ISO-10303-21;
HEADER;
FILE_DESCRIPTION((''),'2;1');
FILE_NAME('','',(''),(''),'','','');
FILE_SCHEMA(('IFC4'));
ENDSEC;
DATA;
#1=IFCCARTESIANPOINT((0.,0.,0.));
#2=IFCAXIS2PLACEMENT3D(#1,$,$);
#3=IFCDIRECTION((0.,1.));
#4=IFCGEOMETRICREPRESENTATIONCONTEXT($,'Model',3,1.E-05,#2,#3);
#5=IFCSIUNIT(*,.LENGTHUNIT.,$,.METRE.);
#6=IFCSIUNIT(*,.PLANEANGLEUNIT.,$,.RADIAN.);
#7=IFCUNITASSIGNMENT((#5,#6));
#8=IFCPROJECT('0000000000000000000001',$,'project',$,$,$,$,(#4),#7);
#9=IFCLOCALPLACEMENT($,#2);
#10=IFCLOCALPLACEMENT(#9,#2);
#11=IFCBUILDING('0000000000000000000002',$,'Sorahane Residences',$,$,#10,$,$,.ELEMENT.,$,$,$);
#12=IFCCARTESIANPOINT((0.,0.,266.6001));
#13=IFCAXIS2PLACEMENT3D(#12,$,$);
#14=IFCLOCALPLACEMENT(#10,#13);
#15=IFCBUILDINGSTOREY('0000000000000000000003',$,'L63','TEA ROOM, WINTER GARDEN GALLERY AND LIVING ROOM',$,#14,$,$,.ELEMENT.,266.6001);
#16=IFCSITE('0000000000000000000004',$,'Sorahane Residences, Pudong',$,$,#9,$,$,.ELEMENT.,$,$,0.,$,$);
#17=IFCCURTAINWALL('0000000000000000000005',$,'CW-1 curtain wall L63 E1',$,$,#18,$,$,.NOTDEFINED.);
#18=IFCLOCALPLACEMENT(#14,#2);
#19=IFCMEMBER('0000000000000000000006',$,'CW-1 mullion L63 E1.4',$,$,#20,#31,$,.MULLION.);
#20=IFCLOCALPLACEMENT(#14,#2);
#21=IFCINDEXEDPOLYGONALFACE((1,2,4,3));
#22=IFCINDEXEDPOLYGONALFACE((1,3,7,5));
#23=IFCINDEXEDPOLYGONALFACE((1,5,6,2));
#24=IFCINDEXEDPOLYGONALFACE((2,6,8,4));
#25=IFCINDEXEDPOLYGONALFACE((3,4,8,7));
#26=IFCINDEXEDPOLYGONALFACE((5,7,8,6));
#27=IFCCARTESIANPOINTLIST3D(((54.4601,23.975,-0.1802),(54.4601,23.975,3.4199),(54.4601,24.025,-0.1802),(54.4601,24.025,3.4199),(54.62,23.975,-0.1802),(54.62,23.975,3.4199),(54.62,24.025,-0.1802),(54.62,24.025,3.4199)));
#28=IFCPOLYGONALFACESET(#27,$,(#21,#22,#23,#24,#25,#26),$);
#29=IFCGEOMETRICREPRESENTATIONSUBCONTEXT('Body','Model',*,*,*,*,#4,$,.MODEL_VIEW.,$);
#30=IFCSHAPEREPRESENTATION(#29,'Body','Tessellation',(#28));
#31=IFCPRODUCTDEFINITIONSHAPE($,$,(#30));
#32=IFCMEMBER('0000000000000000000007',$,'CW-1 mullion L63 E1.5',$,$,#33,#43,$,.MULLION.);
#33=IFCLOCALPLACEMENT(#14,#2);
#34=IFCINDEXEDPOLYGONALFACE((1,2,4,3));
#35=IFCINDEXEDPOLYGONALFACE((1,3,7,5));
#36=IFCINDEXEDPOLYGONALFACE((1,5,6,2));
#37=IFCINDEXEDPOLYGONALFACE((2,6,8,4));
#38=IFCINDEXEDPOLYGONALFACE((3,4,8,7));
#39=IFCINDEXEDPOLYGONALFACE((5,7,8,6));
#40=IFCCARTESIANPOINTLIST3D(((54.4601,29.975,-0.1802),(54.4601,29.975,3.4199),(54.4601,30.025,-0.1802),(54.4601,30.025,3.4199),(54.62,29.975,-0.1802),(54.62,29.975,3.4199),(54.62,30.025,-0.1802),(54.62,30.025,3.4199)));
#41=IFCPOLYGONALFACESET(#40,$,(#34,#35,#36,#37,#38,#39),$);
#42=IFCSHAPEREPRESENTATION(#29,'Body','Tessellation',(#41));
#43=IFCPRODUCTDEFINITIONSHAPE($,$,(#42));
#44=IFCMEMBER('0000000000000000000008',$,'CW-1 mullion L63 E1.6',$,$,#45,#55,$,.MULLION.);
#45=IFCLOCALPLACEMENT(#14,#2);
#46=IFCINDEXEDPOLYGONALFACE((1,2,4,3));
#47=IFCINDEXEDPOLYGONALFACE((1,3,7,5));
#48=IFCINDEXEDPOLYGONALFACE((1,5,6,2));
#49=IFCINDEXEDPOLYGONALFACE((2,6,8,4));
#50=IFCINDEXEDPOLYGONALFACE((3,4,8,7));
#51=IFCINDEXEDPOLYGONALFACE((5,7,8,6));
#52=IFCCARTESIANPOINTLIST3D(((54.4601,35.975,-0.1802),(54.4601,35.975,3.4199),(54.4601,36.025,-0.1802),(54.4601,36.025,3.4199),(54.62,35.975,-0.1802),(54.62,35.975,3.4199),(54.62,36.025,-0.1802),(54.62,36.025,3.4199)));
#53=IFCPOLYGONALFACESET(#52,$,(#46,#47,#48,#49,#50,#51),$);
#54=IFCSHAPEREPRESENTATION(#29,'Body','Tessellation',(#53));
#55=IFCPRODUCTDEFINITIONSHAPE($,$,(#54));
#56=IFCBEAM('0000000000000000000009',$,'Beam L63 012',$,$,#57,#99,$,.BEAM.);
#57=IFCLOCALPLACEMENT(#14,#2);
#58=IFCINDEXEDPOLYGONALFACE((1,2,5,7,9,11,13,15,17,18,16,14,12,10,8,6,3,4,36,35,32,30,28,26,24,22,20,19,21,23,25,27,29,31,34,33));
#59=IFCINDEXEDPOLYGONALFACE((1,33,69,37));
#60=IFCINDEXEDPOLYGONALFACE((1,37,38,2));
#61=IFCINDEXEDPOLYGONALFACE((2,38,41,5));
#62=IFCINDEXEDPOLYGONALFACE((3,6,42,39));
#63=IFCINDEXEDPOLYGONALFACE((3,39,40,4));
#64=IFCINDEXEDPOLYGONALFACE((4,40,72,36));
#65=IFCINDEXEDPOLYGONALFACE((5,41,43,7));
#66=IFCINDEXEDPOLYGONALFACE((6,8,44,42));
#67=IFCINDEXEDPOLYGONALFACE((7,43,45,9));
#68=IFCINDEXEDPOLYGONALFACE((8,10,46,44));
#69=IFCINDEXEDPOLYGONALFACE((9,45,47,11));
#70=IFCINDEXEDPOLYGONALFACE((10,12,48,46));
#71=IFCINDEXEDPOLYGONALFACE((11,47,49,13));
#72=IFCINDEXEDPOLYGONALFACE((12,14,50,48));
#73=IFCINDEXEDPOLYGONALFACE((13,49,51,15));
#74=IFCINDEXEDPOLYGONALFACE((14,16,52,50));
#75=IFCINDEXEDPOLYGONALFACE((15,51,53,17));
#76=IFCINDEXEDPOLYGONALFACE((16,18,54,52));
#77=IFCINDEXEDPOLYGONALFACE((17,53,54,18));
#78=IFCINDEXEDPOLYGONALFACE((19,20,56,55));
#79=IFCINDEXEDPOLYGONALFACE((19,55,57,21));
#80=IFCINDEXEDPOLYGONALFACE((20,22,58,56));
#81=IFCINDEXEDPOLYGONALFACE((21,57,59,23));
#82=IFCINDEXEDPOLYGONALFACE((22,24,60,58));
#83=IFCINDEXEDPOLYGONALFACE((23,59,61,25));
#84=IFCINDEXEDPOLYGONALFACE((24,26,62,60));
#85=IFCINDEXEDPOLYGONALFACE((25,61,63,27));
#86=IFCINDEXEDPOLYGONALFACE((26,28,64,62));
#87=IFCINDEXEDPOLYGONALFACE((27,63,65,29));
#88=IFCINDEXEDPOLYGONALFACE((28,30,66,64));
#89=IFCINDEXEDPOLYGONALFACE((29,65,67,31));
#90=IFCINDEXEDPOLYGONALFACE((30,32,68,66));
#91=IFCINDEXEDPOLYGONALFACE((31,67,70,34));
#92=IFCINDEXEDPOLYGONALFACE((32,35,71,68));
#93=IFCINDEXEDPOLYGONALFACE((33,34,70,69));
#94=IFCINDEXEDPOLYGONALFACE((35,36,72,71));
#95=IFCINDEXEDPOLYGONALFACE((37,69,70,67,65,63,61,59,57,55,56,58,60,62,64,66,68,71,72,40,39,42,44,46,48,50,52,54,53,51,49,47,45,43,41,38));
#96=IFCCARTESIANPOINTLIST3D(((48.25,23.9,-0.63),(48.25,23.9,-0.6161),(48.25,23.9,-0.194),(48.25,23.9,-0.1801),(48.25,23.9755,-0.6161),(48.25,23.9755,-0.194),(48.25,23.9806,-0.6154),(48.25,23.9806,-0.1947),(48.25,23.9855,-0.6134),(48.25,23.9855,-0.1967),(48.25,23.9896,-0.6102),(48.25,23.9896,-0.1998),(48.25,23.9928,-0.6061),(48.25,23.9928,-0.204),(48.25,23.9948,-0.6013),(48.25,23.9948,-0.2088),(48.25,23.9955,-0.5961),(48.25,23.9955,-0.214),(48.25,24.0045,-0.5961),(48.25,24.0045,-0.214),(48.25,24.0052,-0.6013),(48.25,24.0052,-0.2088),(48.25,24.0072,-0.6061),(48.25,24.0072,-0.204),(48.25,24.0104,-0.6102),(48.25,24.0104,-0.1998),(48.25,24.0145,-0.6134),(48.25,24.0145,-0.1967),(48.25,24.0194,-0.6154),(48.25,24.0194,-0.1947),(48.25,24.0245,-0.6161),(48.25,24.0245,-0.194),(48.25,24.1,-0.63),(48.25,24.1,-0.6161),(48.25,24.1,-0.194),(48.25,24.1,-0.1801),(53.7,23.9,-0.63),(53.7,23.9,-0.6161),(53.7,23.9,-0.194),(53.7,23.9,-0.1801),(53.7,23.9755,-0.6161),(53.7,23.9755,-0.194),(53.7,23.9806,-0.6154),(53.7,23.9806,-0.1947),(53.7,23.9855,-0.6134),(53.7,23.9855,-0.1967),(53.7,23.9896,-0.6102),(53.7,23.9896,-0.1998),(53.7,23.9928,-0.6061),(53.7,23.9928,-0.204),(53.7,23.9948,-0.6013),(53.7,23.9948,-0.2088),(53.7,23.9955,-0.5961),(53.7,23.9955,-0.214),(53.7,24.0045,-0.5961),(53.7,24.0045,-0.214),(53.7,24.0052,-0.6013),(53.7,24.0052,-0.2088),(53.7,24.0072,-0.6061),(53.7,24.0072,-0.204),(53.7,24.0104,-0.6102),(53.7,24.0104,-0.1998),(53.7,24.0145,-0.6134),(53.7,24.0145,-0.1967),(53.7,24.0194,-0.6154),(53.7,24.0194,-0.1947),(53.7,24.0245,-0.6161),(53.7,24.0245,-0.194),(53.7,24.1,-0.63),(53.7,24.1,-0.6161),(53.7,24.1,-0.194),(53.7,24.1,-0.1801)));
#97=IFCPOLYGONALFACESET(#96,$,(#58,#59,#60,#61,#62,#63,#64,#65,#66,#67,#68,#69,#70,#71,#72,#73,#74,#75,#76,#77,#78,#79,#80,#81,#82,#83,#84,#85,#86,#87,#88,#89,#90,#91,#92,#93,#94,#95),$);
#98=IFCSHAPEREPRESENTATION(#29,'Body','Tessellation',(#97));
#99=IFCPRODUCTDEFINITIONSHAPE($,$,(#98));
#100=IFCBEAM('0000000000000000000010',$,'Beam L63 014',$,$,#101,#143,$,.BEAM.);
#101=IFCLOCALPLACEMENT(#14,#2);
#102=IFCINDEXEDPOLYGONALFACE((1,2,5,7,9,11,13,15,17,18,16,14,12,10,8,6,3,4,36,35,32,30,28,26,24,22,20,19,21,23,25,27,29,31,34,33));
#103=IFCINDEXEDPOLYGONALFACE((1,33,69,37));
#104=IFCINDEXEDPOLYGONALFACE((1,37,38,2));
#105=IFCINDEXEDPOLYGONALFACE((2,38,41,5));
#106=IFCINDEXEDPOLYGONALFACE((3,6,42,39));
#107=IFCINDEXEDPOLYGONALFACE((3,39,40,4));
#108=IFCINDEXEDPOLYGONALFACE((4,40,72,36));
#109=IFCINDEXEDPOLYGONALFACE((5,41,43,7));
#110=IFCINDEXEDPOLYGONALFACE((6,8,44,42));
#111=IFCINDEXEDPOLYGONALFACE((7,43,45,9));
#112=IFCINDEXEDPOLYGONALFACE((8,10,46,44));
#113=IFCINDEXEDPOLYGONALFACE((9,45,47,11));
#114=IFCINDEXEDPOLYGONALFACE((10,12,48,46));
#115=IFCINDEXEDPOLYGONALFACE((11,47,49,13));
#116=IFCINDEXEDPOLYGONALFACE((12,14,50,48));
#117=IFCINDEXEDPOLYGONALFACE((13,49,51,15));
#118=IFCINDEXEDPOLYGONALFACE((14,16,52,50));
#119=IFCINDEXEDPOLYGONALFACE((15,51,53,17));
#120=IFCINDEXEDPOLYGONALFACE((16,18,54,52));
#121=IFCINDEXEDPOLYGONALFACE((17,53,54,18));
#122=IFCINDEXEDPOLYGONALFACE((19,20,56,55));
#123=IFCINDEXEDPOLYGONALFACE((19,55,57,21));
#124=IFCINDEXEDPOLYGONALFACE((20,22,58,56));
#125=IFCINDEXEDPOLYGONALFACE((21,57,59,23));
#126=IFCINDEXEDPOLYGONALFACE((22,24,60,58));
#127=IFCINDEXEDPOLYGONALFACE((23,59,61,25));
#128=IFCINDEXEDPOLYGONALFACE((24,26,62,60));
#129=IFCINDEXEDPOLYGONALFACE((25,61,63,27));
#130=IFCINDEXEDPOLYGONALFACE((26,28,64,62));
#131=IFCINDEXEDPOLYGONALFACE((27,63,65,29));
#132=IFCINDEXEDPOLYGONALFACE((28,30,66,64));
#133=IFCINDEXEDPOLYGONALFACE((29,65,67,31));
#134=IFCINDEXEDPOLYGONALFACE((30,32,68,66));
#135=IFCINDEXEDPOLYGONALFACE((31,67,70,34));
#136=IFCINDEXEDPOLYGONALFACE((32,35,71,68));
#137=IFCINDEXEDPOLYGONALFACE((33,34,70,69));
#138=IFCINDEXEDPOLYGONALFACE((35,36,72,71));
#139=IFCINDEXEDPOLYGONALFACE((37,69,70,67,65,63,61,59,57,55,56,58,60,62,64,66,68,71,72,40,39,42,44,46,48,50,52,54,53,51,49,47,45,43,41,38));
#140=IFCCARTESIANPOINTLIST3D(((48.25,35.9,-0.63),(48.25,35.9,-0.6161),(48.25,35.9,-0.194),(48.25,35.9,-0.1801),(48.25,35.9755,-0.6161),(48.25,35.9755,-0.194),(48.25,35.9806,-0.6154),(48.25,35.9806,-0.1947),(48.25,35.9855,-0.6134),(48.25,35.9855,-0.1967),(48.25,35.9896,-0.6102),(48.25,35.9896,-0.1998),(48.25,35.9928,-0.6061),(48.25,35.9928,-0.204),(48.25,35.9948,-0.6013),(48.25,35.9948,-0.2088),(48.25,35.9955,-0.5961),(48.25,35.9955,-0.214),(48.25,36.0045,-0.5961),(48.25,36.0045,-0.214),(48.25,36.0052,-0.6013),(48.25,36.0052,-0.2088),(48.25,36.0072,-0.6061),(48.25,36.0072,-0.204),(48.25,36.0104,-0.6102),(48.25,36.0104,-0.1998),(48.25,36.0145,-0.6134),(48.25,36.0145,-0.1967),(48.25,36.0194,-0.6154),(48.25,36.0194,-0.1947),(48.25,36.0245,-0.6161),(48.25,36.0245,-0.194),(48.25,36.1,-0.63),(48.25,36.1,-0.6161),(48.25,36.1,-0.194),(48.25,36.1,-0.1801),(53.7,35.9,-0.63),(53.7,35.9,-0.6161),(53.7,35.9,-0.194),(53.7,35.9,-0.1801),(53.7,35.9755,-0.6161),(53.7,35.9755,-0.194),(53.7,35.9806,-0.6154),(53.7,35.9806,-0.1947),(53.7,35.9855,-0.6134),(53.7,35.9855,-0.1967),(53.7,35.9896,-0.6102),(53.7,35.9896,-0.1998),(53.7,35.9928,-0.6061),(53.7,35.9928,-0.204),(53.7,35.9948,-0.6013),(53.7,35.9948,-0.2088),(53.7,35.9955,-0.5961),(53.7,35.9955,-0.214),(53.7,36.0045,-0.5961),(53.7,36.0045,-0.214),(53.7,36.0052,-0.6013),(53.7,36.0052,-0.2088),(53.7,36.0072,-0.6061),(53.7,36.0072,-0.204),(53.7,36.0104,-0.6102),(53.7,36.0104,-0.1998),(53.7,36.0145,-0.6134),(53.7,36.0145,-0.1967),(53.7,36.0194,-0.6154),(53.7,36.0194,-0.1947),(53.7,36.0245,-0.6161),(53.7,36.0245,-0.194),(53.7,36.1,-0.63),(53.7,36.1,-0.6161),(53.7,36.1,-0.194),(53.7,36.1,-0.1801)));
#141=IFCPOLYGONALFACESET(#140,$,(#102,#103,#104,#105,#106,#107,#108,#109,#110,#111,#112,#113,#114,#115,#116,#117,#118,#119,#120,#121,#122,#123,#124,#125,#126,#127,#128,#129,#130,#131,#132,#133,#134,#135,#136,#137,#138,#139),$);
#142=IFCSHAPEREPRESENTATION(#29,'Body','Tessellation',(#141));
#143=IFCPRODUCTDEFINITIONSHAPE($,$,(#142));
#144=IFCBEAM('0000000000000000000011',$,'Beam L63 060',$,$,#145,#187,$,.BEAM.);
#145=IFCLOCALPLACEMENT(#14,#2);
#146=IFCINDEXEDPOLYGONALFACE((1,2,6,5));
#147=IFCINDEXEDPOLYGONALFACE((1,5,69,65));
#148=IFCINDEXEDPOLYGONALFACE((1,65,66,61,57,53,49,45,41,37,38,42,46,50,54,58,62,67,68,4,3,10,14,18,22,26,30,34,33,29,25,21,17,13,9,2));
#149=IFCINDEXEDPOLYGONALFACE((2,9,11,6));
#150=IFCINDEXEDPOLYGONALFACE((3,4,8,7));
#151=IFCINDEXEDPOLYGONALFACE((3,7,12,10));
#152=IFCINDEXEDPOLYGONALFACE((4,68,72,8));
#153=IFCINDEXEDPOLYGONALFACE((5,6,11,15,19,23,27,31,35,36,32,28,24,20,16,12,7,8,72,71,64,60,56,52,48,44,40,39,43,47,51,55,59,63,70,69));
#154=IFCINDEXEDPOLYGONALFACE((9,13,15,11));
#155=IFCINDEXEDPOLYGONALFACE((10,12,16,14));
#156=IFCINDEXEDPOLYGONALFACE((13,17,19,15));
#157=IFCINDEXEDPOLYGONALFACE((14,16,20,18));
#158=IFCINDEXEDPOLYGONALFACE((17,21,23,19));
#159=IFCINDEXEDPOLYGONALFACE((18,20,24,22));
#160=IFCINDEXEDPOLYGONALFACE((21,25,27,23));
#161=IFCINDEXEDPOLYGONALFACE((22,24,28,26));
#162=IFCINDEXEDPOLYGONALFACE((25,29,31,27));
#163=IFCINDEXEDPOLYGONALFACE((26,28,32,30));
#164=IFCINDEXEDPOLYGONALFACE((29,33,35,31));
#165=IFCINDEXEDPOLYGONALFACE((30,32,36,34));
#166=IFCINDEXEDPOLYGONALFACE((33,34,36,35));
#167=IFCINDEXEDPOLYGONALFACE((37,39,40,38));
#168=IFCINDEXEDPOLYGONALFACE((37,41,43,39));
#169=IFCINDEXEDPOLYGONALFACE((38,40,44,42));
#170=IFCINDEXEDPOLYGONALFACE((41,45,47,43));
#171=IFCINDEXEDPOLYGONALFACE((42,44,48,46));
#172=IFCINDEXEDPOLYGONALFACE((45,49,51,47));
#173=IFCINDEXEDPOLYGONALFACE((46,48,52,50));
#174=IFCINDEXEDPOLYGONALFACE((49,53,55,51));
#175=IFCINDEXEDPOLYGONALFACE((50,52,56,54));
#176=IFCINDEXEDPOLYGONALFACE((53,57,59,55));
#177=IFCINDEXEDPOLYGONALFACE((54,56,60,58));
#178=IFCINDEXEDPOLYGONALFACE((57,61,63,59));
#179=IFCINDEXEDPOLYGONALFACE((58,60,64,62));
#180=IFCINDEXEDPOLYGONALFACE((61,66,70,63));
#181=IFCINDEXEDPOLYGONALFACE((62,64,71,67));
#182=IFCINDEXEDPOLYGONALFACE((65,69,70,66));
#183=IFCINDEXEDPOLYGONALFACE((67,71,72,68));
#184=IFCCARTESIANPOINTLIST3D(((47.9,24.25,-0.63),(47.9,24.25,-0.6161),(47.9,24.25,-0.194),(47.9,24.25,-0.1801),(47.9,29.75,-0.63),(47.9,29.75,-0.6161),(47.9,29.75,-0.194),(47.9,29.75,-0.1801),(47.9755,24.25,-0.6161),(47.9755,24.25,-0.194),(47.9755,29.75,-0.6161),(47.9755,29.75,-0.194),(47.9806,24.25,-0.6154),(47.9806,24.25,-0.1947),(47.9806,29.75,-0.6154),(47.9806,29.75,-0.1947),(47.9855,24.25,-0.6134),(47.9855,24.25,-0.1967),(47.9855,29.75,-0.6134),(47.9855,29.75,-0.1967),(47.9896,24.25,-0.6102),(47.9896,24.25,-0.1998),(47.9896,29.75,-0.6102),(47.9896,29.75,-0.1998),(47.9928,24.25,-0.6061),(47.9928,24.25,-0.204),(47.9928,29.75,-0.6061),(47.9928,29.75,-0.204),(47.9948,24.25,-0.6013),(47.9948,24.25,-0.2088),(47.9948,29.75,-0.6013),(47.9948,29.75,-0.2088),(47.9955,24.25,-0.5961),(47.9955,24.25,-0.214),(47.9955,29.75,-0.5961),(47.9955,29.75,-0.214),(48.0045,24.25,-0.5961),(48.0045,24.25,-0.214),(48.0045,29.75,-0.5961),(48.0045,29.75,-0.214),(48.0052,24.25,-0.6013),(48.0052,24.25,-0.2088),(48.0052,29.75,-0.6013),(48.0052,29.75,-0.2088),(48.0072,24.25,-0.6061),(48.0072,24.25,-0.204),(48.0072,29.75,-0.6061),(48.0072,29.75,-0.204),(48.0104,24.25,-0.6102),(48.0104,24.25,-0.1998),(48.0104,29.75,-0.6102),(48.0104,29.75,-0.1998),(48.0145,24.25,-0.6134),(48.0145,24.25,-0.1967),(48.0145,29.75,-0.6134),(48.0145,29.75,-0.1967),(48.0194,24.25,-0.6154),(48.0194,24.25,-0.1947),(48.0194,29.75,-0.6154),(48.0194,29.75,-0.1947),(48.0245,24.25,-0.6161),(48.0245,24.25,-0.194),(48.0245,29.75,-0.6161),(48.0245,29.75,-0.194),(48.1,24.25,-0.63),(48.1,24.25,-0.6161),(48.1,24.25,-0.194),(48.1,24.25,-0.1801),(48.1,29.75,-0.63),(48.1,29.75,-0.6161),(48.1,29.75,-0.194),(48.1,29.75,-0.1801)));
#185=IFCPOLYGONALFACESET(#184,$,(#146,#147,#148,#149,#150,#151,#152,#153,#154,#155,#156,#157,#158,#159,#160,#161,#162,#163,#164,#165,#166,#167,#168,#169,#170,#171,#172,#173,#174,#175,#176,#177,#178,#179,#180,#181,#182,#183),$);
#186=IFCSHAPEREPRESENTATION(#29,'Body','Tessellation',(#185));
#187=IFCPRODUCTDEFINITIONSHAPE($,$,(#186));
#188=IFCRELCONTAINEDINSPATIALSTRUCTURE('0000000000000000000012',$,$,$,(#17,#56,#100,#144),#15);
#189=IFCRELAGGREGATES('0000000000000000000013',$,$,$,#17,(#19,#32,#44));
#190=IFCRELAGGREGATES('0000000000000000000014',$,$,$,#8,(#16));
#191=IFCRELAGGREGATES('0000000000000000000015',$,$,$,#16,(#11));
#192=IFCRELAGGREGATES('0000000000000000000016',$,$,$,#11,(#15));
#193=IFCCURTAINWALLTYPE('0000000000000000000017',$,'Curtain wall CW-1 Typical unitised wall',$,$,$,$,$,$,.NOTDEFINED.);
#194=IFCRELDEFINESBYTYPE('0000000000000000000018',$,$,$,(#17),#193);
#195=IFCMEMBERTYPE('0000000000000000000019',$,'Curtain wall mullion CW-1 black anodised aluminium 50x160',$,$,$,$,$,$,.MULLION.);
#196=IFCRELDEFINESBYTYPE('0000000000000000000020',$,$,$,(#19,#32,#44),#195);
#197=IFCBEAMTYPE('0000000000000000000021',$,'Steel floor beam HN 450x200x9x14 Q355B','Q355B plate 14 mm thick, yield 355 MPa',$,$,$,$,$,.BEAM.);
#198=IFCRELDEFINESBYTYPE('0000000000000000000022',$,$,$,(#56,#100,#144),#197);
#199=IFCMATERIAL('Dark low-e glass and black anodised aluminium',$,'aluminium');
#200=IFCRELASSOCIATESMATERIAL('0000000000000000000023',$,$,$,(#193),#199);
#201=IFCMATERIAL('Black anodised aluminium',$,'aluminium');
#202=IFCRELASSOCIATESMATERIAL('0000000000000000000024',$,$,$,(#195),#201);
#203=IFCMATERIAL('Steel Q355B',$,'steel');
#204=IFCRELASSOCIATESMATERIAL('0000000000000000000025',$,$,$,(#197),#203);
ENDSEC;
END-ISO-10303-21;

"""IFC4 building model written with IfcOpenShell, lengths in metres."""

from ifc_helpers import new_model, si_unit, direction, frame, origin, origin_2d, place, context, subcontext, project, spatial, rectangle, i_section, extrude, material, material_profile, profile_set, type_object, element, aggregate, save


model = new_model("IFC4")

# Units and contexts
model_context = context("Model", 3, precision=1e-05, world=origin(), true_north=direction((0.0, 1.0)))
body_context = subcontext(model_context, "Body", "Model", "MODEL_VIEW")
ifc_project = project(units=[si_unit("LENGTHUNIT", "METRE"), si_unit("PLANEANGLEUNIT", "RADIAN")], contexts=[model_context])

# Site, building, storey
site_placement = place(None, origin())
site = spatial("IfcSite", under=ifc_project, at=site_placement, Name="Sorahane Residences, Pudong", CompositionType="ELEMENT", RefElevation=0.0)
building_placement = place(site_placement, origin())
building = spatial("IfcBuilding", under=site, at=building_placement, Name="Sorahane Residences", CompositionType="ELEMENT")
storey_placement = place(building_placement, frame((0.0, 0.0, 266.6001)))
storey = spatial("IfcBuildingStorey", under=building, at=storey_placement, Name="L63", Description="TEA ROOM, WINTER GARDEN GALLERY AND LIVING ROOM", CompositionType="ELEMENT", Elevation=266.6001)

# Curtain wall, members
ifc_material_1 = material(Name="Dark low-e glass and black anodised aluminium", Category="aluminium")
curtain_wall_type = type_object("IfcCurtainWallType", Name="Curtain wall CW-1 Typical unitised wall", PredefinedType="NOTDEFINED", material=ifc_material_1)
curtain_wall_placement = place(storey_placement, origin())
curtain_wall = element("IfcCurtainWall", 1, at=curtain_wall_placement, inside=storey, type_object=curtain_wall_type, Name="CW-1 curtain wall L63 E1", PredefinedType="NOTDEFINED")
ifc_material_2 = material(Name="Black anodised aluminium", Category="aluminium")
ifc_material_profile_1 = material_profile(ifc_material_2, rectangle(XDim=0.1599, YDim=0.05, at=origin_2d()), Name="Curtain wall mullion CW-1 black anodised aluminium 50x160")
ifc_profile_set_1 = profile_set([ifc_material_profile_1], Name="Black anodised aluminium")
member_type_1 = type_object("IfcMemberType", Name="Curtain wall mullion CW-1 black anodised aluminium 50x160", PredefinedType="MULLION", material=ifc_profile_set_1)
member_1_placement = place(storey_placement, frame((54.54, 24.0, -0.1802), z_axis=(0.0, 0.0, 1.0), x_axis=(1.0, 0.0, 0.0)))
member_1 = element("IfcMember", 2, at=member_1_placement, type_object=member_type_1, Name="CW-1 mullion L63 E1.4", PredefinedType="MULLION", context=body_context, shape_type="SweptSolid", body=[
    extrude(rectangle(XDim=0.1599, YDim=0.05, at=origin_2d()), origin(), (0.0, 0.0, 1.0), 3.6001),
])
member_2_placement = place(storey_placement, frame((54.54, 30.0, -0.1802), z_axis=(0.0, 0.0, 1.0), x_axis=(1.0, 0.0, 0.0)))
member_2 = element("IfcMember", 3, at=member_2_placement, type_object=member_type_1, Name="CW-1 mullion L63 E1.5", PredefinedType="MULLION", context=body_context, shape_type="SweptSolid", body=[
    extrude(rectangle(XDim=0.1599, YDim=0.05, at=origin_2d()), origin(), (0.0, 0.0, 1.0), 3.6001),
])
member_3_placement = place(storey_placement, frame((54.54, 36.0, -0.1802), z_axis=(0.0, 0.0, 1.0), x_axis=(1.0, 0.0, 0.0)))
member_3 = element("IfcMember", 4, at=member_3_placement, type_object=member_type_1, Name="CW-1 mullion L63 E1.6", PredefinedType="MULLION", context=body_context, shape_type="SweptSolid", body=[
    extrude(rectangle(XDim=0.1599, YDim=0.05, at=origin_2d()), origin(), (0.0, 0.0, 1.0), 3.6001),
])

# Beams
ifc_material_3 = material(Name="Steel Q355B", Category="steel")
ifc_material_profile_2 = material_profile(ifc_material_3, i_section(OverallWidth=0.2, OverallDepth=0.45, WebThickness=0.009, FlangeThickness=0.0139, FilletRadius=0.02, at=origin_2d()), Name="HN 450x200x9x14")
ifc_profile_set_2 = profile_set([ifc_material_profile_2], Name="Steel Q355B")
beam_type_1 = type_object("IfcBeamType", Name="Steel floor beam HN 450x200x9x14 Q355B", Description="Q355B plate 14 mm thick, yield 355 MPa", PredefinedType="BEAM", material=ifc_profile_set_2)
for number, where, z_axis, x_axis, name in (
    (5, (48.25, 24.0, -0.405), (1.0, 0.0, 0.0), (0.0, 1.0, 0.0), "Beam L63 012"),
    (6, (48.25, 36.0, -0.405), (1.0, 0.0, 0.0), (0.0, 1.0, 0.0), "Beam L63 014"),
):
    element("IfcBeam", number, at=place(storey_placement, frame(where, z_axis=z_axis, x_axis=x_axis)), inside=storey, type_object=beam_type_1, Name=name, PredefinedType="BEAM", context=body_context, shape_type="SweptSolid", body=[
        extrude(i_section(OverallWidth=0.2, OverallDepth=0.45, WebThickness=0.009, FlangeThickness=0.0139, FilletRadius=0.02, at=origin_2d()), origin(), (0.0, 0.0, 1.0), 5.45),
    ])
for number, where, z_axis, x_axis, name in (
    (7, (48.0, 24.25, -0.405), (0.0, 1.0, 0.0), (-1.0, 0.0, 0.0), "Beam L63 060"),
):
    element("IfcBeam", number, at=place(storey_placement, frame(where, z_axis=z_axis, x_axis=x_axis)), inside=storey, type_object=beam_type_1, Name=name, PredefinedType="BEAM", context=body_context, shape_type="SweptSolid", body=[
        extrude(i_section(OverallWidth=0.2, OverallDepth=0.45, WebThickness=0.009, FlangeThickness=0.0139, FilletRadius=0.02, at=origin_2d()), origin(), (0.0, 0.0, 1.0), 5.5),
    ])

aggregate(curtain_wall, [member_1, member_2, member_3])

save(model, "model.ifc")
